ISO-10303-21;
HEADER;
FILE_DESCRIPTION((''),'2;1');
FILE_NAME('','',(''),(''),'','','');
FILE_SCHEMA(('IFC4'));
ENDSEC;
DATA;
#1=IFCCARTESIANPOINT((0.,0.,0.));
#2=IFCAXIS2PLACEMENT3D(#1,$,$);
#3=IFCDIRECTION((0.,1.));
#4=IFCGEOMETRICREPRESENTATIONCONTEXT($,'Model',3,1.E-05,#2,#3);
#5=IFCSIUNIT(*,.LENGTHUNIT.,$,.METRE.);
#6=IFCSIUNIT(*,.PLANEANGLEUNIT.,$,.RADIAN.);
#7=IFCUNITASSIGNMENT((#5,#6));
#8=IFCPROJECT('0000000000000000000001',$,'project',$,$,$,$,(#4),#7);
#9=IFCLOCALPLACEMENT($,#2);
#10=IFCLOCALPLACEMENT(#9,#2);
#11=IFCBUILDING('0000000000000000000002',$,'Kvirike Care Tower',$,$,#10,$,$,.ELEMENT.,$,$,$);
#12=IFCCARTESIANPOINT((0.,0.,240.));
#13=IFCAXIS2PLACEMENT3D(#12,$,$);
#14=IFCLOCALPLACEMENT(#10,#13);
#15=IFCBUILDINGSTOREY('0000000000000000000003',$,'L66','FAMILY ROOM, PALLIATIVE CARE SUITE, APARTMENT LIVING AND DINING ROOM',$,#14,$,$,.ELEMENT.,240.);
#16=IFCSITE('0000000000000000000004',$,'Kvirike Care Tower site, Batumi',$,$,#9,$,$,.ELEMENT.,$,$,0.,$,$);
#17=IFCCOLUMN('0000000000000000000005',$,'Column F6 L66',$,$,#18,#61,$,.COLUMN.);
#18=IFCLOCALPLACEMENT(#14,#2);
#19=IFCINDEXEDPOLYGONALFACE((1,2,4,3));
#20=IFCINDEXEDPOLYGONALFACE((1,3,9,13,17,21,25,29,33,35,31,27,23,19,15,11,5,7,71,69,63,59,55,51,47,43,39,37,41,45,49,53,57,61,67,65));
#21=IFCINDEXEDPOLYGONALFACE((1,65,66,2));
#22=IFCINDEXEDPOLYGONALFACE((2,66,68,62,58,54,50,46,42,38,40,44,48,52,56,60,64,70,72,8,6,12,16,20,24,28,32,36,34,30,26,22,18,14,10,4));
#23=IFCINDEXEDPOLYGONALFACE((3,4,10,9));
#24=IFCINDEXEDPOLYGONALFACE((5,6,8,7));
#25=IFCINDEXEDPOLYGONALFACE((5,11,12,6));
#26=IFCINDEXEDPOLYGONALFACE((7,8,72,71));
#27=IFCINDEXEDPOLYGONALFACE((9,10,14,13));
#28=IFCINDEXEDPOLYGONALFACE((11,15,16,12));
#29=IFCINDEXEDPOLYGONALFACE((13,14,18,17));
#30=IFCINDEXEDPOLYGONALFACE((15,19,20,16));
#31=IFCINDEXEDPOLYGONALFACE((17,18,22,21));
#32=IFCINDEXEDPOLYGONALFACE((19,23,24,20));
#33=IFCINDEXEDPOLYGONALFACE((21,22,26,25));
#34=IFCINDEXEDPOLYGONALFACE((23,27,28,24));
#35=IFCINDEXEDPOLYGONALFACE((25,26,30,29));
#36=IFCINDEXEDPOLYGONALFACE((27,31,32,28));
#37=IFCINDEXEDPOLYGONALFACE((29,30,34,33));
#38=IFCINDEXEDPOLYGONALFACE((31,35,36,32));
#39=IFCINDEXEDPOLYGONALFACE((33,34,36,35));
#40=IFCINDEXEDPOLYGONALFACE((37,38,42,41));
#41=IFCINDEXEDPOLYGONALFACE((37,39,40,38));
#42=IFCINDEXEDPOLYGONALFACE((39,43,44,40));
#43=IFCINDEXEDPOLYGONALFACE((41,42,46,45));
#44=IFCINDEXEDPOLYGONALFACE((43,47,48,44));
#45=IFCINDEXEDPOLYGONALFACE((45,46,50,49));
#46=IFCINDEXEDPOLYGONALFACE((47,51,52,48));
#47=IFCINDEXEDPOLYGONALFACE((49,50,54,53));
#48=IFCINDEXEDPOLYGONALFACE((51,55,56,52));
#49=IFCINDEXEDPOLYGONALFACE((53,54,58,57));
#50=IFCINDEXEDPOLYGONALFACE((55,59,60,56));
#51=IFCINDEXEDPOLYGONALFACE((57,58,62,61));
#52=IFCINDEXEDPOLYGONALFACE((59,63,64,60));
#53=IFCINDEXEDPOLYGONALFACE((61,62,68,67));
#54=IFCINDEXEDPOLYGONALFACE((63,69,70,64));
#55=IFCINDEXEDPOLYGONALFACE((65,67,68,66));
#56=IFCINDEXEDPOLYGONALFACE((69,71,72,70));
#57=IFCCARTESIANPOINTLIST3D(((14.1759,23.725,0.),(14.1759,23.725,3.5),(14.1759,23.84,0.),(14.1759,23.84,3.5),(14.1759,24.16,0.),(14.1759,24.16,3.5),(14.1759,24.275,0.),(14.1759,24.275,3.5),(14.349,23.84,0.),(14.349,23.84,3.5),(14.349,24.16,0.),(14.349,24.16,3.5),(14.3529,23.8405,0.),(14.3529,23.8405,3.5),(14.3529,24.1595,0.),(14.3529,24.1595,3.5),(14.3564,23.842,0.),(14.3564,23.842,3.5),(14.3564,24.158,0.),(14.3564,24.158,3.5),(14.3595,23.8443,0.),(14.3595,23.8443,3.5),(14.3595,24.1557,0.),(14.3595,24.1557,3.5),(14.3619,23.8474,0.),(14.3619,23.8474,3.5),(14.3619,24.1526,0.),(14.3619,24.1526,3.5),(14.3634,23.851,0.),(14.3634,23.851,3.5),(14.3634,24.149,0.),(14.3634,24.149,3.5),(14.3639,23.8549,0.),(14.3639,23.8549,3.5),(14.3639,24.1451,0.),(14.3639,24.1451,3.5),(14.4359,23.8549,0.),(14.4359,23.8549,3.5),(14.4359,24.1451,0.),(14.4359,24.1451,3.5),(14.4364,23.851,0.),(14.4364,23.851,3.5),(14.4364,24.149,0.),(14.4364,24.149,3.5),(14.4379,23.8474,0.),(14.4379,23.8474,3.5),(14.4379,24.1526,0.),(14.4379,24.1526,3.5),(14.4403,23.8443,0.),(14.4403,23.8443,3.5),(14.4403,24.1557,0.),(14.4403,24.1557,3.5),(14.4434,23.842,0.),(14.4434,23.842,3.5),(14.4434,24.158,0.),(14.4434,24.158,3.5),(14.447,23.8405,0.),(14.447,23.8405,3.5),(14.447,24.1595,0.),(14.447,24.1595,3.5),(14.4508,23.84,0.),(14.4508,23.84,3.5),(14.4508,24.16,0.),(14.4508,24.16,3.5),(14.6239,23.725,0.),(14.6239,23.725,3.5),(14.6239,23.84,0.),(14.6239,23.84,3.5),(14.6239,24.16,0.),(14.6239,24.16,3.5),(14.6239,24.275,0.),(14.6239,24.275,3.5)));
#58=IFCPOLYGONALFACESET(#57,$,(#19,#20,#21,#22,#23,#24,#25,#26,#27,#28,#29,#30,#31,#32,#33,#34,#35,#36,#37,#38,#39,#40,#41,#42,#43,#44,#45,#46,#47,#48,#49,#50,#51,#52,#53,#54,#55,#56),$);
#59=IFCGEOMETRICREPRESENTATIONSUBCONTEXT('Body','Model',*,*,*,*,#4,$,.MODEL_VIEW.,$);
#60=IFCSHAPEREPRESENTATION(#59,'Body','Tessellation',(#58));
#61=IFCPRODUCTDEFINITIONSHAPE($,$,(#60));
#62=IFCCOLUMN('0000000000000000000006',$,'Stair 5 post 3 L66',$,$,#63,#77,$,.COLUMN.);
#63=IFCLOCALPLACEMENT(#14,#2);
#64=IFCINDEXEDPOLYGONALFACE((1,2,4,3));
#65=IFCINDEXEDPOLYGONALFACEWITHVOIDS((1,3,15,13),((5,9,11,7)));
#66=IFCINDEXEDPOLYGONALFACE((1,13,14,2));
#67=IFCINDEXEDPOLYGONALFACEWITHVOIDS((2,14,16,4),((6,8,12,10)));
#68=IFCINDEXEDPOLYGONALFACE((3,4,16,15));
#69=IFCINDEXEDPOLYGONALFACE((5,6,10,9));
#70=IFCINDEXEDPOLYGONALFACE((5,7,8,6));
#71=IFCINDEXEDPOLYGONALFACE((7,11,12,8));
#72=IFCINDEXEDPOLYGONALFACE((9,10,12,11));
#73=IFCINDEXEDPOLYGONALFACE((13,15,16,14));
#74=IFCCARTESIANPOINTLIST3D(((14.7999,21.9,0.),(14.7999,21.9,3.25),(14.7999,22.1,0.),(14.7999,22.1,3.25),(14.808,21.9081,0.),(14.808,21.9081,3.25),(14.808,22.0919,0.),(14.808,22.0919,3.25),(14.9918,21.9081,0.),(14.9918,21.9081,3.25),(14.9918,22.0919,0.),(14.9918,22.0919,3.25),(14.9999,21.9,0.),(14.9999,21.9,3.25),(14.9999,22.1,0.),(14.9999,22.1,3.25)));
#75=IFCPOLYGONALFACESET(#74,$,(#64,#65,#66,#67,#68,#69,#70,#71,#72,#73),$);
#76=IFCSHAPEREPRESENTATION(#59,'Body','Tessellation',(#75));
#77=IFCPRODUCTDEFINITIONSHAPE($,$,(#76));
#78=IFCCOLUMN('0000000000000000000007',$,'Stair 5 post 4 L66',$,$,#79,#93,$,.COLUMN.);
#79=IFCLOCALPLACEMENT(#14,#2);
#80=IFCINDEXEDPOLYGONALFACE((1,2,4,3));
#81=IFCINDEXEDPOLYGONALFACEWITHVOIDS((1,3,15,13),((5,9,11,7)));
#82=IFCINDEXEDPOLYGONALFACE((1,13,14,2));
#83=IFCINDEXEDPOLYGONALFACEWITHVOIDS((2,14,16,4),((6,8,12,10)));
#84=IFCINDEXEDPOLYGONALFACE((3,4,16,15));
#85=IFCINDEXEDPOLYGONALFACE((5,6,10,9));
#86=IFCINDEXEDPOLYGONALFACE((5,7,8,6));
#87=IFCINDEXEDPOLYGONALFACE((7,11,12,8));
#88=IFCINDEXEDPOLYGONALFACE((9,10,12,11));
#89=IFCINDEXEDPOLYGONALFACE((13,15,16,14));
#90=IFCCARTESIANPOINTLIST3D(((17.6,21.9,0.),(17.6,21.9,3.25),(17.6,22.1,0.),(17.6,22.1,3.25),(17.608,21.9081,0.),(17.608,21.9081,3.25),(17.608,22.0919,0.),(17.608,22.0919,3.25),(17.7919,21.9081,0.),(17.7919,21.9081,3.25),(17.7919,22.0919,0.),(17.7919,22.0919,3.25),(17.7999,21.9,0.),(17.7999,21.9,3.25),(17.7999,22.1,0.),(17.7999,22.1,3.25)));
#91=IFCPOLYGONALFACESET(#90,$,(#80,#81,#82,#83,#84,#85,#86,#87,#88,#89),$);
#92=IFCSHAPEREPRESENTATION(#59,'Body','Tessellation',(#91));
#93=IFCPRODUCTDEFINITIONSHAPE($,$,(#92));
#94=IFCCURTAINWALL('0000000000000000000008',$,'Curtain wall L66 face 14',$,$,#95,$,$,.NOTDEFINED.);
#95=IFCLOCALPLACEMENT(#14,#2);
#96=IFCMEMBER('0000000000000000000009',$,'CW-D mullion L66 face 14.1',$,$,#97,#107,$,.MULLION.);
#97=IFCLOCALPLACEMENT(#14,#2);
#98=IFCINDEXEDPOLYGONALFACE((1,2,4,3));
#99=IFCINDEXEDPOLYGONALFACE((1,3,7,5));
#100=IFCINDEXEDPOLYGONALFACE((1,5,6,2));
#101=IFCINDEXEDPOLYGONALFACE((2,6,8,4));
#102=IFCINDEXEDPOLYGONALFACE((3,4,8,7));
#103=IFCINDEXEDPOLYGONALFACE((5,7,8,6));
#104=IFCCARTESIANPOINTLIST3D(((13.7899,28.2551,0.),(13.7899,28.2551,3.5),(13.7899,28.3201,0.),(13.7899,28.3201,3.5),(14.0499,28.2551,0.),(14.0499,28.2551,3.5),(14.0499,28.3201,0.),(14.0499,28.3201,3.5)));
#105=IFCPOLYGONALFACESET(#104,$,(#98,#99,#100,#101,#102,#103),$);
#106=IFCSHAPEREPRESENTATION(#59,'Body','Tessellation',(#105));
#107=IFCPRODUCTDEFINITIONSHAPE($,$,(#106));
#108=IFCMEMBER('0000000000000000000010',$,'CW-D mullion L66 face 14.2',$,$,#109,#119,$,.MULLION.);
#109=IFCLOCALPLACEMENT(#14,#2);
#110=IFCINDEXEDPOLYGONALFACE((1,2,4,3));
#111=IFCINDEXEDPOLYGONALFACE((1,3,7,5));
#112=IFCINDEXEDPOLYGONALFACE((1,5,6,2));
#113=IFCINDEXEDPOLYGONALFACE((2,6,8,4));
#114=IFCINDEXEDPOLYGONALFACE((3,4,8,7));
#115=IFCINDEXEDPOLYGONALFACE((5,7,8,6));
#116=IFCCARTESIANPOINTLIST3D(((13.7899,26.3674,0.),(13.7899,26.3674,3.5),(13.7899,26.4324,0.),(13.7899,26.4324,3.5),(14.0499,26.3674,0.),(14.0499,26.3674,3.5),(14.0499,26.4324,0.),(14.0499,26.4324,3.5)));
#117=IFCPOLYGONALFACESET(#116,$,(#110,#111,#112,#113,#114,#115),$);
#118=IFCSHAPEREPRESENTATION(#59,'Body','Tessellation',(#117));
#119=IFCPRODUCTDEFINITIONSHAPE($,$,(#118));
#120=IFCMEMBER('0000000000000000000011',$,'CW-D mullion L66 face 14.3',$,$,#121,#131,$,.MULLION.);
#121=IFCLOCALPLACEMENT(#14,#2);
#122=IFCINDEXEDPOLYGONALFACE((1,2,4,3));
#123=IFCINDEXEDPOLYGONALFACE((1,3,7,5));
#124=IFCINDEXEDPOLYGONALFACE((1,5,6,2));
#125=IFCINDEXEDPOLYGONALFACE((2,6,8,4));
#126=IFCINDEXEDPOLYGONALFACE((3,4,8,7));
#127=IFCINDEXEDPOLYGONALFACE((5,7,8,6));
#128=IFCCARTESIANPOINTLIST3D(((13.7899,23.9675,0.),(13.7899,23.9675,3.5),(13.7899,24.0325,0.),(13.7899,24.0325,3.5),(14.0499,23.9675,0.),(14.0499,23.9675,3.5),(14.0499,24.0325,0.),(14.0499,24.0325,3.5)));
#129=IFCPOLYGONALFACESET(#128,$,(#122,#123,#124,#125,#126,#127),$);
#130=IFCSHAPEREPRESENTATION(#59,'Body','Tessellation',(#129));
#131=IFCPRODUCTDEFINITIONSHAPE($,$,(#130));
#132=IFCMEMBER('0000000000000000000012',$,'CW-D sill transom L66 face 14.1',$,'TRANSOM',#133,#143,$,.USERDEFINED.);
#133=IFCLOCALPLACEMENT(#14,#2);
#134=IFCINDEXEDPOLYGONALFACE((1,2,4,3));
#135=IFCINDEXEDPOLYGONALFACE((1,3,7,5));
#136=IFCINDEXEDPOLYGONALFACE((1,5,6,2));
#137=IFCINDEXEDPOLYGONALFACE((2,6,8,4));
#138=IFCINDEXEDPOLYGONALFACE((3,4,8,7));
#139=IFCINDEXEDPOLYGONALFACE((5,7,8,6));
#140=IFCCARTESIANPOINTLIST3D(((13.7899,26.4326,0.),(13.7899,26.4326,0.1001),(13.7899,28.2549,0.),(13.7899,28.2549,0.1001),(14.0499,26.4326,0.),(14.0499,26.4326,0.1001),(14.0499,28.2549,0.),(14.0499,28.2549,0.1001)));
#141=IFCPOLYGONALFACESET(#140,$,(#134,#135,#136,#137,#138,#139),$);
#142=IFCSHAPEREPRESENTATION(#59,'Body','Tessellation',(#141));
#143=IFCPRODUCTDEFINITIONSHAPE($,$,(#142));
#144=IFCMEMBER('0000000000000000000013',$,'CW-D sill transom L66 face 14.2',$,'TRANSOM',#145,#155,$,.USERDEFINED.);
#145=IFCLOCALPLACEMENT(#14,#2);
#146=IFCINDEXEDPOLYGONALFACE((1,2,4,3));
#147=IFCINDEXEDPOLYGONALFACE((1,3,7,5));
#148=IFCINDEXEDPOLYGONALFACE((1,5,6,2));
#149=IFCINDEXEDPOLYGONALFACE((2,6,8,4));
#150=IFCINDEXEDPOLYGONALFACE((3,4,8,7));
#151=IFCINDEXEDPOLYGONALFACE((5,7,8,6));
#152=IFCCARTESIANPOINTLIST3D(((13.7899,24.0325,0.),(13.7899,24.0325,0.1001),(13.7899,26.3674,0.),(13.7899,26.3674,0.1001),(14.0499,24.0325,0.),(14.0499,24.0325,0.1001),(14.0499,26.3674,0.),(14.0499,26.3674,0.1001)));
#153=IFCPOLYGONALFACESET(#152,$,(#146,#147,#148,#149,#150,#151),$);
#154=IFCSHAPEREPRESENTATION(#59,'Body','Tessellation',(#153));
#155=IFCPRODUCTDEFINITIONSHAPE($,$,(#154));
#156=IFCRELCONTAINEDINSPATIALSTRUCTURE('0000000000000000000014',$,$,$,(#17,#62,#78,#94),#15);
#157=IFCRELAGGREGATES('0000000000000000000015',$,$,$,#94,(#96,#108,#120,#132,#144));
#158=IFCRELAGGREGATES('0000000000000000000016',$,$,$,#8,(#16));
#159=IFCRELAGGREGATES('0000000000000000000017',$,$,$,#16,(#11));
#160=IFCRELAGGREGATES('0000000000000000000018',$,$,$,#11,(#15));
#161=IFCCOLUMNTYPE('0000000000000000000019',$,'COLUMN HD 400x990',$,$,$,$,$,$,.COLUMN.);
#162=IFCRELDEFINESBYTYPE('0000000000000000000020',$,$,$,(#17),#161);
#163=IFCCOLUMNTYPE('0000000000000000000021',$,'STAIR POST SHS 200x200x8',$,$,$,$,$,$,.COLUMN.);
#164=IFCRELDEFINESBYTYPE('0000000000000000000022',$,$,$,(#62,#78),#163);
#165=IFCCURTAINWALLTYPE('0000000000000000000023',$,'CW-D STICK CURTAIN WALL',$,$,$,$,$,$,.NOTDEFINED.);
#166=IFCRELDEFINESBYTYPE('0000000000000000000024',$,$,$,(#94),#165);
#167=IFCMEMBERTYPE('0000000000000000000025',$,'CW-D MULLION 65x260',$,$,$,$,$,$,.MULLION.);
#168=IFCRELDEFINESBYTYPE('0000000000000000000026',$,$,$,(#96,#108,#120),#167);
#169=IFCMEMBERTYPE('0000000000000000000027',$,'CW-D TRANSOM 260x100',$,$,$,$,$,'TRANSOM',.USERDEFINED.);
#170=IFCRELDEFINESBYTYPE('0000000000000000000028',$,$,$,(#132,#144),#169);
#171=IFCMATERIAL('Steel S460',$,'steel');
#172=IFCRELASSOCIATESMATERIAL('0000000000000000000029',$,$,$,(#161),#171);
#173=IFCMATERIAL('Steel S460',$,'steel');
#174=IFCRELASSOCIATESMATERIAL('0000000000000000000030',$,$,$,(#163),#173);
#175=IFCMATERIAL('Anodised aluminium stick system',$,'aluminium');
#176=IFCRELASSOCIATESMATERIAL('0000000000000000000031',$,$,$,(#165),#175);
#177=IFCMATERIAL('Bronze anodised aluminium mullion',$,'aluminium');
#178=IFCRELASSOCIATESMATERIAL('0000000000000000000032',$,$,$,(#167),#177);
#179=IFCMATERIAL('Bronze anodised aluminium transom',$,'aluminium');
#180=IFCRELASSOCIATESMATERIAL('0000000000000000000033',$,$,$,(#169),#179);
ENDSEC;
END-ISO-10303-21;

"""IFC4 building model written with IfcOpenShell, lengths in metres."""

from ifc_helpers import new_model, si_unit, direction, frame, origin, origin_2d, place, context, subcontext, project, spatial, rectangle, hollow_rectangle, i_section, extrude, material, material_profile, profile_set, type_object, element, aggregate, save


model = new_model("IFC4")

# Units and contexts
model_context = context("Model", 3, precision=1e-05, world=origin(), true_north=direction((0.0, 1.0)))
body_context = subcontext(model_context, "Body", "Model", "MODEL_VIEW")
ifc_project = project(units=[si_unit("LENGTHUNIT", "METRE"), si_unit("PLANEANGLEUNIT", "RADIAN")], contexts=[model_context])

# Site, building, storey
site_placement = place(None, origin())
site = spatial("IfcSite", under=ifc_project, at=site_placement, Name="Kvirike Care Tower site, Batumi", CompositionType="ELEMENT", RefElevation=0.0)
building_placement = place(site_placement, origin())
building = spatial("IfcBuilding", under=site, at=building_placement, Name="Kvirike Care Tower", CompositionType="ELEMENT")
storey_placement = place(building_placement, frame((0.0, 0.0, 240.0)))
storey = spatial("IfcBuildingStorey", under=building, at=storey_placement, Name="L66", Description="FAMILY ROOM, PALLIATIVE CARE SUITE, APARTMENT LIVING AND DINING ROOM", CompositionType="ELEMENT", Elevation=240.0)

# Columns
ifc_material_1 = material(Name="Steel S460", Category="steel")
ifc_material_profile_1 = material_profile(ifc_material_1, i_section(OverallWidth=0.448, OverallDepth=0.55, WebThickness=0.072, FlangeThickness=0.115, FilletRadius=0.0149, at=origin_2d()), Name="HD 400x990")
ifc_profile_set_1 = profile_set([ifc_material_profile_1], Name="Steel S460")
column_type_1 = type_object("IfcColumnType", Name="COLUMN HD 400x990", PredefinedType="COLUMN", material=ifc_profile_set_1)
column_placement = place(storey_placement, frame((14.3999, 24.0, 0.0), z_axis=(0.0, 0.0, 1.0), x_axis=(1.0, 0.0, 0.0)))
element("IfcColumn", 1, at=column_placement, inside=storey, type_object=column_type_1, Name="Column F6 L66", PredefinedType="COLUMN", context=body_context, shape_type="SweptSolid", body=[
    extrude(i_section(OverallWidth=0.448, OverallDepth=0.55, WebThickness=0.072, FlangeThickness=0.115, FilletRadius=0.0149, at=origin_2d()), origin(), (0.0, 0.0, 1.0), 3.5),
])
ifc_material_2 = material(Name="Steel S460", Category="steel")
ifc_material_profile_2 = material_profile(ifc_material_2, hollow_rectangle(XDim=0.2, YDim=0.2, WallThickness=0.0081, at=origin_2d()), Name="SHS 200x200x8")
ifc_profile_set_2 = profile_set([ifc_material_profile_2], Name="Steel S460")
column_type_2 = type_object("IfcColumnType", Name="STAIR POST SHS 200x200x8", PredefinedType="COLUMN", material=ifc_profile_set_2)
for number, where, z_axis, x_axis, name in (
    (2, (14.8999, 22.0, 0.0), (0.0, 0.0, 1.0), (1.0, 0.0, 0.0), "Stair 5 post 3 L66"),
    (3, (17.7, 22.0, 0.0), (0.0, 0.0, 1.0), (1.0, 0.0, 0.0), "Stair 5 post 4 L66"),
):
    element("IfcColumn", number, at=place(storey_placement, frame(where, z_axis=z_axis, x_axis=x_axis)), inside=storey, type_object=column_type_2, Name=name, PredefinedType="COLUMN", context=body_context, shape_type="SweptSolid", body=[
        extrude(hollow_rectangle(XDim=0.2, YDim=0.2, WallThickness=0.0081, at=origin_2d()), origin(), (0.0, 0.0, 1.0), 3.25),
    ])

# Curtain wall, members
ifc_material_3 = material(Name="Anodised aluminium stick system", Category="aluminium")
curtain_wall_type = type_object("IfcCurtainWallType", Name="CW-D STICK CURTAIN WALL", PredefinedType="NOTDEFINED", material=ifc_material_3)
curtain_wall_placement = place(storey_placement, origin())
curtain_wall = element("IfcCurtainWall", 4, at=curtain_wall_placement, inside=storey, type_object=curtain_wall_type, Name="Curtain wall L66 face 14", PredefinedType="NOTDEFINED")
ifc_material_4 = material(Name="Bronze anodised aluminium mullion", Category="aluminium")
ifc_material_profile_3 = material_profile(ifc_material_4, rectangle(XDim=0.0649, YDim=0.26, at=origin_2d()), Name="CW-D MULLION 65x260")
ifc_profile_set_3 = profile_set([ifc_material_profile_3], Name="Bronze anodised aluminium mullion")
member_type_1 = type_object("IfcMemberType", Name="CW-D MULLION 65x260", PredefinedType="MULLION", material=ifc_profile_set_3)
member_1_placement = place(storey_placement, frame((13.9199, 28.2876, 0.0), z_axis=(0.0, 0.0, 1.0), x_axis=(0.0, -1.0, 0.0)))
member_1 = element("IfcMember", 5, at=member_1_placement, type_object=member_type_1, Name="CW-D mullion L66 face 14.1", PredefinedType="MULLION", context=body_context, shape_type="SweptSolid", body=[
    extrude(rectangle(XDim=0.0649, YDim=0.26, at=origin_2d()), origin(), (0.0, 0.0, 1.0), 3.5),
])
member_2_placement = place(storey_placement, frame((13.9199, 26.3999, 0.0), z_axis=(0.0, 0.0, 1.0), x_axis=(0.0, -1.0, 0.0)))
member_2 = element("IfcMember", 6, at=member_2_placement, type_object=member_type_1, Name="CW-D mullion L66 face 14.2", PredefinedType="MULLION", context=body_context, shape_type="SweptSolid", body=[
    extrude(rectangle(XDim=0.0649, YDim=0.26, at=origin_2d()), origin(), (0.0, 0.0, 1.0), 3.5),
])
member_3_placement = place(storey_placement, frame((13.9199, 24.0, 0.0), z_axis=(0.0, 0.0, 1.0), x_axis=(0.0, -1.0, 0.0)))
member_3 = element("IfcMember", 7, at=member_3_placement, type_object=member_type_1, Name="CW-D mullion L66 face 14.3", PredefinedType="MULLION", context=body_context, shape_type="SweptSolid", body=[
    extrude(rectangle(XDim=0.0649, YDim=0.26, at=origin_2d()), origin(), (0.0, 0.0, 1.0), 3.5),
])
ifc_material_5 = material(Name="Bronze anodised aluminium transom", Category="aluminium")
ifc_material_profile_4 = material_profile(ifc_material_5, rectangle(XDim=0.26, YDim=0.1001, at=origin_2d()), Name="CW-D TRANSOM 260x100")
ifc_profile_set_4 = profile_set([ifc_material_profile_4], Name="Bronze anodised aluminium transom")
member_type_2 = type_object("IfcMemberType", Name="CW-D TRANSOM 260x100", ElementType="TRANSOM", PredefinedType="USERDEFINED", material=ifc_profile_set_4)
member_4_placement = place(storey_placement, frame((13.9199, 28.2549, 0.05), z_axis=(0.0, -1.0, 0.0), x_axis=(1.0, 0.0, 0.0)))
member_4 = element("IfcMember", 8, at=member_4_placement, type_object=member_type_2, Name="CW-D sill transom L66 face 14.1", ObjectType="TRANSOM", PredefinedType="USERDEFINED", context=body_context, shape_type="SweptSolid", body=[
    extrude(rectangle(XDim=0.26, YDim=0.1001, at=origin_2d()), origin(), (0.0, 0.0, 1.0), 1.8223),
])
member_5_placement = place(storey_placement, frame((13.9199, 26.3674, 0.05), z_axis=(0.0, -1.0, 0.0), x_axis=(1.0, 0.0, 0.0)))
member_5 = element("IfcMember", 9, at=member_5_placement, type_object=member_type_2, Name="CW-D sill transom L66 face 14.2", ObjectType="TRANSOM", PredefinedType="USERDEFINED", context=body_context, shape_type="SweptSolid", body=[
    extrude(rectangle(XDim=0.26, YDim=0.1001, at=origin_2d()), origin(), (0.0, 0.0, 1.0), 2.335),
])

aggregate(curtain_wall, [member_1, member_2, member_3, member_4, member_5])

save(model, "model.ifc")
